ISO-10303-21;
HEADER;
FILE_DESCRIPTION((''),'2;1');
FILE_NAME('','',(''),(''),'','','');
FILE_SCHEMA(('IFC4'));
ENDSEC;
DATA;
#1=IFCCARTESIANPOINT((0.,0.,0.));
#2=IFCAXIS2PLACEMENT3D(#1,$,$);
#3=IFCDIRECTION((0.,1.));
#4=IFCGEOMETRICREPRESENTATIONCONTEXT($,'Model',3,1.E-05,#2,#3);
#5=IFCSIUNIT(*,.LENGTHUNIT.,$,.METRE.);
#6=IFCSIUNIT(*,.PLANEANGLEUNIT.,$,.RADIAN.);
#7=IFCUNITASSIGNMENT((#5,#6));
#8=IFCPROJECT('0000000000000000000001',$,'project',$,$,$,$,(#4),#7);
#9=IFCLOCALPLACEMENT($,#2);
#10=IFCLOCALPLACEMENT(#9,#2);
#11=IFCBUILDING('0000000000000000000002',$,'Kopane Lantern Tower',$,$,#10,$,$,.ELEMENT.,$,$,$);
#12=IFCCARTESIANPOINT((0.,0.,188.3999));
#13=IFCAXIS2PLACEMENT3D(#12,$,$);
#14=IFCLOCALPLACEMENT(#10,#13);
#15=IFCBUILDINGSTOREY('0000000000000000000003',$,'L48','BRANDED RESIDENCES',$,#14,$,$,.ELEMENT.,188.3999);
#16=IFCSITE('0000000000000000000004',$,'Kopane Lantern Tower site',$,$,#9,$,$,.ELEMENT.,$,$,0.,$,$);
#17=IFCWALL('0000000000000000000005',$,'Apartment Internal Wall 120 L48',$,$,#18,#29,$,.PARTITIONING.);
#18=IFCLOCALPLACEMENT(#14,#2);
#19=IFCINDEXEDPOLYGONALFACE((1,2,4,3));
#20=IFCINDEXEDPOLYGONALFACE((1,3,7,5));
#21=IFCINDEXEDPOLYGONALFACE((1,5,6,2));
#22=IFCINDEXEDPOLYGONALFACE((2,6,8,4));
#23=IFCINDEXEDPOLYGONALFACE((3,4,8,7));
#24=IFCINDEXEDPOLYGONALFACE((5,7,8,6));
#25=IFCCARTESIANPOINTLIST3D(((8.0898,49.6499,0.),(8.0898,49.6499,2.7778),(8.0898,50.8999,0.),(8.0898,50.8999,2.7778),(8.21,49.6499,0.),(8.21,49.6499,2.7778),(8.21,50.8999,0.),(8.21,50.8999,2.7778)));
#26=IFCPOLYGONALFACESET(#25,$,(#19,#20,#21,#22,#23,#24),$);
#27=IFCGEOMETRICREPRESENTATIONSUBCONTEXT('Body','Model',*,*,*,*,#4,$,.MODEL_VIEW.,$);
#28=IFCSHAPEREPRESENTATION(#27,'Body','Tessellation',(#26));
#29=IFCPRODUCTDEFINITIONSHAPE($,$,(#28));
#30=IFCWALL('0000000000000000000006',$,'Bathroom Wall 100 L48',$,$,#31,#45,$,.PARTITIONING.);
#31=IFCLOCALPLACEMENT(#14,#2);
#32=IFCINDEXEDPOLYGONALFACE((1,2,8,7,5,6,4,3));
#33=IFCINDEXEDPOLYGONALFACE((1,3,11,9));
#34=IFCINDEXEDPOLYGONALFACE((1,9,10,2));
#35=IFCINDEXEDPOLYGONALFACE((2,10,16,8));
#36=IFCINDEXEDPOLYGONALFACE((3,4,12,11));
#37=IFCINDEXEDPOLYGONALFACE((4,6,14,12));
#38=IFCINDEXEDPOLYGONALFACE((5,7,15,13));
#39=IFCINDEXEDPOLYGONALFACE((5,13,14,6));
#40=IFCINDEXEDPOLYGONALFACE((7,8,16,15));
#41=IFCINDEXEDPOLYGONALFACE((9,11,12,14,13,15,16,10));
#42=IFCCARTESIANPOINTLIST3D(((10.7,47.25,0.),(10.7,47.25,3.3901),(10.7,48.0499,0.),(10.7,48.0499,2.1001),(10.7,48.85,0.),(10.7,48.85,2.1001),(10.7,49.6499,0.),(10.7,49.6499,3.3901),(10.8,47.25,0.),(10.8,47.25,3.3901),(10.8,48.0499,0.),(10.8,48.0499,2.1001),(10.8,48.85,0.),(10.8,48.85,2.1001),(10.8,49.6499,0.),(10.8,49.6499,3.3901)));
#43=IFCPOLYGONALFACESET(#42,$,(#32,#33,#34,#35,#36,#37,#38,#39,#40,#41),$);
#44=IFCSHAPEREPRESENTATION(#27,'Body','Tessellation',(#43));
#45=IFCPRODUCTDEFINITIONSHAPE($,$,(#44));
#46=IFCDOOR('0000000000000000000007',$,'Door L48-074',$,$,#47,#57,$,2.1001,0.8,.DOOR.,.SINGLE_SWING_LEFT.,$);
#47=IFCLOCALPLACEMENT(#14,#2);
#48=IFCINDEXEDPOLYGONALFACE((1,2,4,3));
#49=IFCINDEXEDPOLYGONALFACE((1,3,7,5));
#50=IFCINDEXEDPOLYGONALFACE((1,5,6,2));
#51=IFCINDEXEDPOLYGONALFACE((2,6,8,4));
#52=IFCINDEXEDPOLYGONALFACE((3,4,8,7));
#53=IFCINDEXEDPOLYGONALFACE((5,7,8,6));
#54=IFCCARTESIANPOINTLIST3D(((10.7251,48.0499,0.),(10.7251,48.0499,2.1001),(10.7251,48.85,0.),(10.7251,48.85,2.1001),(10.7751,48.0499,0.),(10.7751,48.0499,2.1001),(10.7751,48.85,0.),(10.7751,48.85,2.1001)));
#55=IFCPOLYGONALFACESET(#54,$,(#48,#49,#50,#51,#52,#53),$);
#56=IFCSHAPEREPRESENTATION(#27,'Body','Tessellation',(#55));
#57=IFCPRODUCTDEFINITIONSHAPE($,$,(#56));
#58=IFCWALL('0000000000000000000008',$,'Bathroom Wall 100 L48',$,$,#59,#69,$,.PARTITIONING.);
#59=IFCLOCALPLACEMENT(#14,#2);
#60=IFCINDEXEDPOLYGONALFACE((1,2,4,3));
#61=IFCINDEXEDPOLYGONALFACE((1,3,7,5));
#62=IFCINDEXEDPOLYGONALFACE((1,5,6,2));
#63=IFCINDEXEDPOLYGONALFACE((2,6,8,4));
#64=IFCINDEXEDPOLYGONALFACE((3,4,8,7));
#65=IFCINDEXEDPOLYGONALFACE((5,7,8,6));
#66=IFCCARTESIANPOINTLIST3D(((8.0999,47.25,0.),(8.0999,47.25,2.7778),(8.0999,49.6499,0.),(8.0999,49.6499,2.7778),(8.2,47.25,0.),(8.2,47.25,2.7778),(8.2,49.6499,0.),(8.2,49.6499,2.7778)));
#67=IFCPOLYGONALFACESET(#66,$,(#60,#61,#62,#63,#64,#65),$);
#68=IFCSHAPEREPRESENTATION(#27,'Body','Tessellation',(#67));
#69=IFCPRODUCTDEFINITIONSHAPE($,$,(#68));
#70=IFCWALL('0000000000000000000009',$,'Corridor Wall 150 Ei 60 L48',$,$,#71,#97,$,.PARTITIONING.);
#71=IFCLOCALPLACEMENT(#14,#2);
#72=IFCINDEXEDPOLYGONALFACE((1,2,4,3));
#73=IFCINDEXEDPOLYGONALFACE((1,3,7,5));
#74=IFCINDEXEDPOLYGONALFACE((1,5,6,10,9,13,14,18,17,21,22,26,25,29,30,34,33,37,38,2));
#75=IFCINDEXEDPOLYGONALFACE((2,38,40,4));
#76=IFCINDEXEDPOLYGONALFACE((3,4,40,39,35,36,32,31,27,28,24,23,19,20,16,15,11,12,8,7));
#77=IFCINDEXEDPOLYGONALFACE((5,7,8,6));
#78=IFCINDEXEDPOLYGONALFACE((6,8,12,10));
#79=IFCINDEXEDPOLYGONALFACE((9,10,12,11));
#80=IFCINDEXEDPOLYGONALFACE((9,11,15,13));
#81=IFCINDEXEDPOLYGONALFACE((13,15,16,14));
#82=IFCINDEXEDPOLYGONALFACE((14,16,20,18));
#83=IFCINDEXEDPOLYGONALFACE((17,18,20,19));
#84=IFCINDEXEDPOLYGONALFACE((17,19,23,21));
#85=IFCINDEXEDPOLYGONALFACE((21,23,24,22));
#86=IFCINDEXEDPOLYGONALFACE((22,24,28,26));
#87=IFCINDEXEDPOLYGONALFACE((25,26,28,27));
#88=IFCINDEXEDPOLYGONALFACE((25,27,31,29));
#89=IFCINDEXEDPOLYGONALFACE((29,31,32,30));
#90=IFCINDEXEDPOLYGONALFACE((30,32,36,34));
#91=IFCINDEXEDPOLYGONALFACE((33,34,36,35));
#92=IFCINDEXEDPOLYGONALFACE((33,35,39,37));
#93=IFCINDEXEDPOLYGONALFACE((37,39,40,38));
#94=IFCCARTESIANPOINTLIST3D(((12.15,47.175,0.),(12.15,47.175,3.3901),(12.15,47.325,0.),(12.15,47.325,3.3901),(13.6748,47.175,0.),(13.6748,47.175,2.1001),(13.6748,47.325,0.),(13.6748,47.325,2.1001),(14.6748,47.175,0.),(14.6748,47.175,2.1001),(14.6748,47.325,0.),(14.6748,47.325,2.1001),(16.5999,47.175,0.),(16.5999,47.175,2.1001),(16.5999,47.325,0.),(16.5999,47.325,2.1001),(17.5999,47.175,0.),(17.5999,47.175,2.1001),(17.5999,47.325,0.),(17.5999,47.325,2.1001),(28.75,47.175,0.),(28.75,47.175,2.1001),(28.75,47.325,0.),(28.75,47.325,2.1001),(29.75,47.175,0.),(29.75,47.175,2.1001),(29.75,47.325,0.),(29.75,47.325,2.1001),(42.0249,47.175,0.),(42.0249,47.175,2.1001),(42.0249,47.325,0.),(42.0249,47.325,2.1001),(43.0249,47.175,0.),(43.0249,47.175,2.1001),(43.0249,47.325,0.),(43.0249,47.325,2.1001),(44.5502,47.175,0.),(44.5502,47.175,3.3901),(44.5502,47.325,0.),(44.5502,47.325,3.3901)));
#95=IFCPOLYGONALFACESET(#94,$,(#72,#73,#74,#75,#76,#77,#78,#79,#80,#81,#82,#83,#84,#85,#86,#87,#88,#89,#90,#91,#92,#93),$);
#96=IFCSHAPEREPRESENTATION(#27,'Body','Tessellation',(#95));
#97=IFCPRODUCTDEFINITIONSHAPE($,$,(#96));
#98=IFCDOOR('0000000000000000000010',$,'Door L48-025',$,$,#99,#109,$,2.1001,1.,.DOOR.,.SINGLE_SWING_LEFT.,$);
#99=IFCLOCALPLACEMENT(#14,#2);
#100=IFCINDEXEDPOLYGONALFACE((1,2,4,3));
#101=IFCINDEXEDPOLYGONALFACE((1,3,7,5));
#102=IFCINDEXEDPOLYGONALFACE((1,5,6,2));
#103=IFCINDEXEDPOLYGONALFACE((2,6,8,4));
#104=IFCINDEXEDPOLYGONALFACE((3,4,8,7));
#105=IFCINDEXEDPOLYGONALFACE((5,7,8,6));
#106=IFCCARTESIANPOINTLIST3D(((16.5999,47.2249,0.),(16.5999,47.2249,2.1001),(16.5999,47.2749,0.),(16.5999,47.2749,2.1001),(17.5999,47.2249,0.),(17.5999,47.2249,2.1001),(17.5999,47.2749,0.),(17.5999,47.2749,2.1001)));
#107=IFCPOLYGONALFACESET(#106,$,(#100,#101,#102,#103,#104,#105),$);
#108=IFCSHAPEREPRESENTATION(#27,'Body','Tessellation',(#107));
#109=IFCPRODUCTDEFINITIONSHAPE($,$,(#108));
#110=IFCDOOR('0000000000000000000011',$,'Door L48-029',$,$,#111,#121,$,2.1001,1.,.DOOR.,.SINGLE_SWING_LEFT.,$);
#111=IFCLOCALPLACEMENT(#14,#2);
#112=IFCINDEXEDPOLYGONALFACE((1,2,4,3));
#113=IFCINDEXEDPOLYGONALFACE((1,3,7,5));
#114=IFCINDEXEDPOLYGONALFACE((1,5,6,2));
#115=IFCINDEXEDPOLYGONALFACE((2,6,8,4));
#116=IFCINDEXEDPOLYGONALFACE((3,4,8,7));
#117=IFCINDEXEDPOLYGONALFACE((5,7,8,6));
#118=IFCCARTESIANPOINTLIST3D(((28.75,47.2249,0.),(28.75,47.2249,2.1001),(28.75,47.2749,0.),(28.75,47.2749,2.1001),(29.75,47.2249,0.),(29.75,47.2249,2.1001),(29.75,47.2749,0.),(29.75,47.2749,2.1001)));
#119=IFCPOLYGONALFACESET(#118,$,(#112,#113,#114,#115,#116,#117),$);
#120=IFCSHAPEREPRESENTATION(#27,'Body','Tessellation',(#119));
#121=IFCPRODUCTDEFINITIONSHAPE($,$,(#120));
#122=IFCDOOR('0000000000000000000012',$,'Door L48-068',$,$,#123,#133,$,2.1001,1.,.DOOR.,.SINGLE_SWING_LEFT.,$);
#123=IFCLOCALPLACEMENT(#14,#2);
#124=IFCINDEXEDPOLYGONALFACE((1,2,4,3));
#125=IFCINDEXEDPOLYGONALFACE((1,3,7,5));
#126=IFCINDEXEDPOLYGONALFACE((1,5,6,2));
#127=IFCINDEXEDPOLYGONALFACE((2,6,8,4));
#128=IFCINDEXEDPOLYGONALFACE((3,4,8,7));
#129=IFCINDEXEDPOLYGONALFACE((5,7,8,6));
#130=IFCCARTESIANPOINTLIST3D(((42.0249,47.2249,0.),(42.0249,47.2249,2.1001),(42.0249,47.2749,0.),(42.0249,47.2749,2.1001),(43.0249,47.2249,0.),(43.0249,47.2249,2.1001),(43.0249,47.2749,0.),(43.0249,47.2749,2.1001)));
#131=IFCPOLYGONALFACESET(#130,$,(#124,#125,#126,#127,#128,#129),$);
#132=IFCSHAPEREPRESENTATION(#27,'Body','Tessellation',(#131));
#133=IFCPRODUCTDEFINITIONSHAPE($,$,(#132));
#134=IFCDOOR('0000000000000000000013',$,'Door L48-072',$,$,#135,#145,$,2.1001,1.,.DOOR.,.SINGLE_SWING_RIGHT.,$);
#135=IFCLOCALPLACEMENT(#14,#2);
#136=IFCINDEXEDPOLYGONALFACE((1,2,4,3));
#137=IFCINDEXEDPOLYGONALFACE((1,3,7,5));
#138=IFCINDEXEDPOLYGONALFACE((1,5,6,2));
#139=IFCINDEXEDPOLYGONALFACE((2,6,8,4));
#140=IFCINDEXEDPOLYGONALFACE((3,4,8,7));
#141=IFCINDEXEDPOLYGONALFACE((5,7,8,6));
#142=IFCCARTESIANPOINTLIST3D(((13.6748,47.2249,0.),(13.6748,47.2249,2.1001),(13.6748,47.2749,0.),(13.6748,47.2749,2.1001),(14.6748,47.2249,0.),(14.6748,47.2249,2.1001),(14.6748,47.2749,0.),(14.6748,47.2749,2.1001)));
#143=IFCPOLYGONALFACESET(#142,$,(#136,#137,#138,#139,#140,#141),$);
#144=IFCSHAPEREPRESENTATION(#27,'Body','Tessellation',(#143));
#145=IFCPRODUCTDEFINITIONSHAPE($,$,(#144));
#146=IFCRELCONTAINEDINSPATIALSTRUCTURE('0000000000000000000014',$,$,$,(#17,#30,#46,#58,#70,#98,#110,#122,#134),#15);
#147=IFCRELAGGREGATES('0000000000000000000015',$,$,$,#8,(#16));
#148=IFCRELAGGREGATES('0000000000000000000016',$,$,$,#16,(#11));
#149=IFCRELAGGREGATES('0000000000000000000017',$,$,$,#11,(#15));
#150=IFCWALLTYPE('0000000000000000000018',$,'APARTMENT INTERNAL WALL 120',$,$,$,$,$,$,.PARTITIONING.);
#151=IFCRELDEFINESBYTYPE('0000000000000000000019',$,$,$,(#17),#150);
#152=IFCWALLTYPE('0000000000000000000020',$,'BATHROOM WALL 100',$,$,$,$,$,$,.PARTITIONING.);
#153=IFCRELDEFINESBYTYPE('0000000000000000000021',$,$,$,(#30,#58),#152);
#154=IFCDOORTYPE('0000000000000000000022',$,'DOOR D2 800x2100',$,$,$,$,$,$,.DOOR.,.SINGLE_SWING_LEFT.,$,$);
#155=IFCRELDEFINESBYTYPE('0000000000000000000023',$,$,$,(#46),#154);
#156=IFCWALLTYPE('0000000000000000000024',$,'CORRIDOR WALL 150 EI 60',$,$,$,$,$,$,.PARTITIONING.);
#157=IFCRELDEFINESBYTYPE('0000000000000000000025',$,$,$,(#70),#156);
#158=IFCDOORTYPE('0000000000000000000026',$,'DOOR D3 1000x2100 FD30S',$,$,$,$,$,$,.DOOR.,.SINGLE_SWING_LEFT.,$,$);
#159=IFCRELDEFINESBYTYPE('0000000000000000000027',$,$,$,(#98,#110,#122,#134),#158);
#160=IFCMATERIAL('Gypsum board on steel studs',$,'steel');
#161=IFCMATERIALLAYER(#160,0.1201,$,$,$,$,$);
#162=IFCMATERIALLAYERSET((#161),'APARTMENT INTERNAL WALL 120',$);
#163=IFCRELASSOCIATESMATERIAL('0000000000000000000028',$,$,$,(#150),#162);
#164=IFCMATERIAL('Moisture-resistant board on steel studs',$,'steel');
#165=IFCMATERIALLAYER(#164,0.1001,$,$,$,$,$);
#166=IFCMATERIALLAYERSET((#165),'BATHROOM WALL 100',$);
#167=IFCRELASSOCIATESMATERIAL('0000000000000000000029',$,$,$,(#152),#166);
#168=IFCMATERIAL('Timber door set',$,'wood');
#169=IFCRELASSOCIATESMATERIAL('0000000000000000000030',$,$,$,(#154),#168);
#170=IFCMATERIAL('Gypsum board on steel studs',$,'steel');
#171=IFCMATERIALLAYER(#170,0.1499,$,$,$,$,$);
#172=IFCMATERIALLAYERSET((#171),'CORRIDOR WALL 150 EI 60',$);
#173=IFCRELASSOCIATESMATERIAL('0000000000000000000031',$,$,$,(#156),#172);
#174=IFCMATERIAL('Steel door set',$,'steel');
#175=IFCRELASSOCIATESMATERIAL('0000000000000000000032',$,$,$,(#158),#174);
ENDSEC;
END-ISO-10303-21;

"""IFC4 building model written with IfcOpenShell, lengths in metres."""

from ifc_helpers import new_model, si_unit, direction, frame, frame_2d, origin, place, context, subcontext, project, spatial, rectangle, extrude, material, layer, layer_set, type_object, element, fill, save


model = new_model("IFC4")

# Units and contexts
model_context = context("Model", 3, precision=1e-05, world=origin(), true_north=direction((0.0, 1.0)))
body_context = subcontext(model_context, "Body", "Model", "MODEL_VIEW")
ifc_project = project(units=[si_unit("LENGTHUNIT", "METRE"), si_unit("PLANEANGLEUNIT", "RADIAN")], contexts=[model_context])

# Site, building, storey
site_placement = place(None, origin())
site = spatial("IfcSite", under=ifc_project, at=site_placement, Name="Kopane Lantern Tower site", CompositionType="ELEMENT", RefElevation=0.0)
building_placement = place(site_placement, origin())
building = spatial("IfcBuilding", under=site, at=building_placement, Name="Kopane Lantern Tower", CompositionType="ELEMENT")
storey_placement = place(building_placement, frame((0.0, 0.0, 188.3999)))
storey = spatial("IfcBuildingStorey", under=building, at=storey_placement, Name="L48", Description="BRANDED RESIDENCES", CompositionType="ELEMENT", Elevation=188.3999)

# Shared definitions
ifc_material_1 = material(Name="Gypsum board on steel studs", Category="steel")
ifc_layer_1 = layer(ifc_material_1, 0.1201)
ifc_layer_set_1 = layer_set([ifc_layer_1], Name="APARTMENT INTERNAL WALL 120")
wall_type_1 = type_object("IfcWallType", Name="APARTMENT INTERNAL WALL 120", PredefinedType="PARTITIONING", material=ifc_layer_set_1)

# Wall
wall_1_placement = place(storey_placement, frame((8.1499, 49.6499, 0.0), z_axis=(0.0, 0.0, 1.0), x_axis=(0.0, 1.0, 0.0)))
element("IfcWall", 1, at=wall_1_placement, inside=storey, type_object=wall_type_1, Name="Apartment Internal Wall 120 L48", PredefinedType="PARTITIONING", context=body_context, shape_type="SweptSolid", body=[
    extrude(rectangle(XDim=1.25, YDim=0.1201, at=frame_2d((0.625, 0.0))), origin(), (0.0, 0.0, 1.0), 2.7778),
])

# Wall, opening, door
ifc_material_2 = material(Name="Moisture-resistant board on steel studs", Category="steel")
ifc_layer_2 = layer(ifc_material_2, 0.1001)
ifc_layer_set_2 = layer_set([ifc_layer_2], Name="BATHROOM WALL 100")
wall_type_2 = type_object("IfcWallType", Name="BATHROOM WALL 100", PredefinedType="PARTITIONING", material=ifc_layer_set_2)
wall_2_placement = place(storey_placement, frame((10.75, 47.25, 0.0), z_axis=(0.0, 0.0, 1.0), x_axis=(0.0, 1.0, 0.0)))
wall_2 = element("IfcWall", 2, at=wall_2_placement, inside=storey, type_object=wall_type_2, Name="Bathroom Wall 100 L48", PredefinedType="PARTITIONING", context=body_context, shape_type="SweptSolid", body=[
    extrude(rectangle(XDim=2.3999, YDim=0.1001, at=frame_2d((1.2, 0.0))), origin(), (0.0, 0.0, 1.0), 3.3901),
])
opening_1_placement = place(wall_2_placement, frame((0.8, 0.0, 0.0)))
opening_1 = element("IfcOpeningElement", 3, at=opening_1_placement, cuts=wall_2, PredefinedType="OPENING", context=body_context, shape_type="SweptSolid", body=[
    extrude(rectangle(XDim=0.8, YDim=2.1001, at=frame_2d((0.3999, 1.05))), frame((0.0, 0.0601, 0.0), z_axis=(0.0, -1.0, 0.0), x_axis=(1.0, 0.0, 0.0)), (0.0, 0.0, 1.0), 0.1201),
])
ifc_material_3 = material(Name="Timber door set", Category="wood")
door_type_1 = type_object("IfcDoorType", Name="DOOR D2 800x2100", OperationType="SINGLE_SWING_LEFT", PredefinedType="DOOR", material=ifc_material_3)
door_1_placement = place(opening_1_placement, origin())
door_1 = element("IfcDoor", 4, at=door_1_placement, inside=storey, type_object=door_type_1, Name="Door L48-074", OperationType="SINGLE_SWING_LEFT", OverallHeight=2.1001, OverallWidth=0.8, PredefinedType="DOOR", context=body_context, shape_type="SweptSolid", body=[
    extrude(rectangle(XDim=0.8, YDim=2.1001, at=frame_2d((0.3999, 1.05))), frame((0.0, 0.0249, 0.0), z_axis=(0.0, -1.0, 0.0), x_axis=(1.0, 0.0, 0.0)), (0.0, 0.0, 1.0), 0.05),
])
fill(opening_1, door_1)

# Wall
wall_3_placement = place(storey_placement, frame((8.1499, 47.25, 0.0), z_axis=(0.0, 0.0, 1.0), x_axis=(0.0, 1.0, 0.0)))
element("IfcWall", 5, at=wall_3_placement, inside=storey, type_object=wall_type_2, Name="Bathroom Wall 100 L48", PredefinedType="PARTITIONING", context=body_context, shape_type="SweptSolid", body=[
    extrude(rectangle(XDim=2.3999, YDim=0.1001, at=frame_2d((1.2, 0.0))), origin(), (0.0, 0.0, 1.0), 2.7778),
])

# Wall, openings, doors
ifc_material_4 = material(Name="Gypsum board on steel studs", Category="steel")
ifc_layer_3 = layer(ifc_material_4, 0.1499)
ifc_layer_set_3 = layer_set([ifc_layer_3], Name="CORRIDOR WALL 150 EI 60")
wall_type_3 = type_object("IfcWallType", Name="CORRIDOR WALL 150 EI 60", PredefinedType="PARTITIONING", material=ifc_layer_set_3)
wall_4_placement = place(storey_placement, frame((12.1499, 47.25, 0.0), z_axis=(0.0, 0.0, 1.0), x_axis=(1.0, 0.0, 0.0)))
wall_4 = element("IfcWall", 6, at=wall_4_placement, inside=storey, type_object=wall_type_3, Name="Corridor Wall 150 Ei 60 L48", PredefinedType="PARTITIONING", context=body_context, shape_type="SweptSolid", body=[
    extrude(rectangle(XDim=32.4001, YDim=0.1499, at=frame_2d((16.2002, 0.0))), origin(), (0.0, 0.0, 1.0), 3.3901),
])
opening_2_placement = place(wall_4_placement, frame((4.45, 0.0, 0.0)))
opening_2 = element("IfcOpeningElement", 7, at=opening_2_placement, cuts=wall_4, PredefinedType="OPENING", context=body_context, shape_type="SweptSolid", body=[
    extrude(rectangle(XDim=1.0, YDim=2.1001, at=frame_2d((0.5, 1.05))), frame((0.0, 0.085, 0.0), z_axis=(0.0, -1.0, 0.0), x_axis=(1.0, 0.0, 0.0)), (0.0, 0.0, 1.0), 0.1699),
])
opening_3_placement = place(wall_4_placement, frame((16.6001, 0.0, 0.0)))
opening_3 = element("IfcOpeningElement", 8, at=opening_3_placement, cuts=wall_4, PredefinedType="OPENING", context=body_context, shape_type="SweptSolid", body=[
    extrude(rectangle(XDim=1.0, YDim=2.1001, at=frame_2d((0.5, 1.05))), frame((0.0, 0.085, 0.0), z_axis=(0.0, -1.0, 0.0), x_axis=(1.0, 0.0, 0.0)), (0.0, 0.0, 1.0), 0.1699),
])
opening_4_placement = place(wall_4_placement, frame((29.875, 0.0, 0.0)))
opening_4 = element("IfcOpeningElement", 9, at=opening_4_placement, cuts=wall_4, PredefinedType="OPENING", context=body_context, shape_type="SweptSolid", body=[
    extrude(rectangle(XDim=1.0, YDim=2.1001, at=frame_2d((0.5, 1.05))), frame((0.0, 0.085, 0.0), z_axis=(0.0, -1.0, 0.0), x_axis=(1.0, 0.0, 0.0)), (0.0, 0.0, 1.0), 0.1699),
])
opening_5_placement = place(wall_4_placement, frame((1.5249, 0.0, 0.0)))
opening_5 = element("IfcOpeningElement", 10, at=opening_5_placement, cuts=wall_4, PredefinedType="OPENING", context=body_context, shape_type="SweptSolid", body=[
    extrude(rectangle(XDim=1.0, YDim=2.1001, at=frame_2d((0.5, 1.05))), frame((0.0, 0.085, 0.0), z_axis=(0.0, -1.0, 0.0), x_axis=(1.0, 0.0, 0.0)), (0.0, 0.0, 1.0), 0.1699),
])
ifc_material_5 = material(Name="Steel door set", Category="steel")
door_type_2 = type_object("IfcDoorType", Name="DOOR D3 1000x2100 FD30S", OperationType="SINGLE_SWING_LEFT", PredefinedType="DOOR", material=ifc_material_5)
door_2_placement = place(opening_2_placement, origin())
door_2 = element("IfcDoor", 11, at=door_2_placement, inside=storey, type_object=door_type_2, Name="Door L48-025", OperationType="SINGLE_SWING_LEFT", OverallHeight=2.1001, OverallWidth=1.0, PredefinedType="DOOR", context=body_context, shape_type="SweptSolid", body=[
    extrude(rectangle(XDim=1.0, YDim=2.1001, at=frame_2d((0.5, 1.05))), frame((0.0, 0.0249, 0.0), z_axis=(0.0, -1.0, 0.0), x_axis=(1.0, 0.0, 0.0)), (0.0, 0.0, 1.0), 0.05),
])
fill(opening_2, door_2)
door_3_placement = place(opening_3_placement, origin())
door_3 = element("IfcDoor", 12, at=door_3_placement, inside=storey, type_object=door_type_2, Name="Door L48-029", OperationType="SINGLE_SWING_LEFT", OverallHeight=2.1001, OverallWidth=1.0, PredefinedType="DOOR", context=body_context, shape_type="SweptSolid", body=[
    extrude(rectangle(XDim=1.0, YDim=2.1001, at=frame_2d((0.5, 1.05))), frame((0.0, 0.0249, 0.0), z_axis=(0.0, -1.0, 0.0), x_axis=(1.0, 0.0, 0.0)), (0.0, 0.0, 1.0), 0.05),
])
fill(opening_3, door_3)
door_4_placement = place(opening_4_placement, origin())
door_4 = element("IfcDoor", 13, at=door_4_placement, inside=storey, type_object=door_type_2, Name="Door L48-068", OperationType="SINGLE_SWING_LEFT", OverallHeight=2.1001, OverallWidth=1.0, PredefinedType="DOOR", context=body_context, shape_type="SweptSolid", body=[
    extrude(rectangle(XDim=1.0, YDim=2.1001, at=frame_2d((0.5, 1.05))), frame((0.0, 0.0249, 0.0), z_axis=(0.0, -1.0, 0.0), x_axis=(1.0, 0.0, 0.0)), (0.0, 0.0, 1.0), 0.05),
])
fill(opening_4, door_4)
door_5_placement = place(opening_5_placement, origin())
door_5 = element("IfcDoor", 14, at=door_5_placement, inside=storey, type_object=door_type_2, Name="Door L48-072", OperationType="SINGLE_SWING_RIGHT", OverallHeight=2.1001, OverallWidth=1.0, PredefinedType="DOOR", context=body_context, shape_type="SweptSolid", body=[
    extrude(rectangle(XDim=1.0, YDim=2.1001, at=frame_2d((0.5, 1.05))), frame((0.0, 0.0249, 0.0), z_axis=(0.0, -1.0, 0.0), x_axis=(1.0, 0.0, 0.0)), (0.0, 0.0, 1.0), 0.05),
])
fill(opening_5, door_5)

save(model, "model.ifc")
